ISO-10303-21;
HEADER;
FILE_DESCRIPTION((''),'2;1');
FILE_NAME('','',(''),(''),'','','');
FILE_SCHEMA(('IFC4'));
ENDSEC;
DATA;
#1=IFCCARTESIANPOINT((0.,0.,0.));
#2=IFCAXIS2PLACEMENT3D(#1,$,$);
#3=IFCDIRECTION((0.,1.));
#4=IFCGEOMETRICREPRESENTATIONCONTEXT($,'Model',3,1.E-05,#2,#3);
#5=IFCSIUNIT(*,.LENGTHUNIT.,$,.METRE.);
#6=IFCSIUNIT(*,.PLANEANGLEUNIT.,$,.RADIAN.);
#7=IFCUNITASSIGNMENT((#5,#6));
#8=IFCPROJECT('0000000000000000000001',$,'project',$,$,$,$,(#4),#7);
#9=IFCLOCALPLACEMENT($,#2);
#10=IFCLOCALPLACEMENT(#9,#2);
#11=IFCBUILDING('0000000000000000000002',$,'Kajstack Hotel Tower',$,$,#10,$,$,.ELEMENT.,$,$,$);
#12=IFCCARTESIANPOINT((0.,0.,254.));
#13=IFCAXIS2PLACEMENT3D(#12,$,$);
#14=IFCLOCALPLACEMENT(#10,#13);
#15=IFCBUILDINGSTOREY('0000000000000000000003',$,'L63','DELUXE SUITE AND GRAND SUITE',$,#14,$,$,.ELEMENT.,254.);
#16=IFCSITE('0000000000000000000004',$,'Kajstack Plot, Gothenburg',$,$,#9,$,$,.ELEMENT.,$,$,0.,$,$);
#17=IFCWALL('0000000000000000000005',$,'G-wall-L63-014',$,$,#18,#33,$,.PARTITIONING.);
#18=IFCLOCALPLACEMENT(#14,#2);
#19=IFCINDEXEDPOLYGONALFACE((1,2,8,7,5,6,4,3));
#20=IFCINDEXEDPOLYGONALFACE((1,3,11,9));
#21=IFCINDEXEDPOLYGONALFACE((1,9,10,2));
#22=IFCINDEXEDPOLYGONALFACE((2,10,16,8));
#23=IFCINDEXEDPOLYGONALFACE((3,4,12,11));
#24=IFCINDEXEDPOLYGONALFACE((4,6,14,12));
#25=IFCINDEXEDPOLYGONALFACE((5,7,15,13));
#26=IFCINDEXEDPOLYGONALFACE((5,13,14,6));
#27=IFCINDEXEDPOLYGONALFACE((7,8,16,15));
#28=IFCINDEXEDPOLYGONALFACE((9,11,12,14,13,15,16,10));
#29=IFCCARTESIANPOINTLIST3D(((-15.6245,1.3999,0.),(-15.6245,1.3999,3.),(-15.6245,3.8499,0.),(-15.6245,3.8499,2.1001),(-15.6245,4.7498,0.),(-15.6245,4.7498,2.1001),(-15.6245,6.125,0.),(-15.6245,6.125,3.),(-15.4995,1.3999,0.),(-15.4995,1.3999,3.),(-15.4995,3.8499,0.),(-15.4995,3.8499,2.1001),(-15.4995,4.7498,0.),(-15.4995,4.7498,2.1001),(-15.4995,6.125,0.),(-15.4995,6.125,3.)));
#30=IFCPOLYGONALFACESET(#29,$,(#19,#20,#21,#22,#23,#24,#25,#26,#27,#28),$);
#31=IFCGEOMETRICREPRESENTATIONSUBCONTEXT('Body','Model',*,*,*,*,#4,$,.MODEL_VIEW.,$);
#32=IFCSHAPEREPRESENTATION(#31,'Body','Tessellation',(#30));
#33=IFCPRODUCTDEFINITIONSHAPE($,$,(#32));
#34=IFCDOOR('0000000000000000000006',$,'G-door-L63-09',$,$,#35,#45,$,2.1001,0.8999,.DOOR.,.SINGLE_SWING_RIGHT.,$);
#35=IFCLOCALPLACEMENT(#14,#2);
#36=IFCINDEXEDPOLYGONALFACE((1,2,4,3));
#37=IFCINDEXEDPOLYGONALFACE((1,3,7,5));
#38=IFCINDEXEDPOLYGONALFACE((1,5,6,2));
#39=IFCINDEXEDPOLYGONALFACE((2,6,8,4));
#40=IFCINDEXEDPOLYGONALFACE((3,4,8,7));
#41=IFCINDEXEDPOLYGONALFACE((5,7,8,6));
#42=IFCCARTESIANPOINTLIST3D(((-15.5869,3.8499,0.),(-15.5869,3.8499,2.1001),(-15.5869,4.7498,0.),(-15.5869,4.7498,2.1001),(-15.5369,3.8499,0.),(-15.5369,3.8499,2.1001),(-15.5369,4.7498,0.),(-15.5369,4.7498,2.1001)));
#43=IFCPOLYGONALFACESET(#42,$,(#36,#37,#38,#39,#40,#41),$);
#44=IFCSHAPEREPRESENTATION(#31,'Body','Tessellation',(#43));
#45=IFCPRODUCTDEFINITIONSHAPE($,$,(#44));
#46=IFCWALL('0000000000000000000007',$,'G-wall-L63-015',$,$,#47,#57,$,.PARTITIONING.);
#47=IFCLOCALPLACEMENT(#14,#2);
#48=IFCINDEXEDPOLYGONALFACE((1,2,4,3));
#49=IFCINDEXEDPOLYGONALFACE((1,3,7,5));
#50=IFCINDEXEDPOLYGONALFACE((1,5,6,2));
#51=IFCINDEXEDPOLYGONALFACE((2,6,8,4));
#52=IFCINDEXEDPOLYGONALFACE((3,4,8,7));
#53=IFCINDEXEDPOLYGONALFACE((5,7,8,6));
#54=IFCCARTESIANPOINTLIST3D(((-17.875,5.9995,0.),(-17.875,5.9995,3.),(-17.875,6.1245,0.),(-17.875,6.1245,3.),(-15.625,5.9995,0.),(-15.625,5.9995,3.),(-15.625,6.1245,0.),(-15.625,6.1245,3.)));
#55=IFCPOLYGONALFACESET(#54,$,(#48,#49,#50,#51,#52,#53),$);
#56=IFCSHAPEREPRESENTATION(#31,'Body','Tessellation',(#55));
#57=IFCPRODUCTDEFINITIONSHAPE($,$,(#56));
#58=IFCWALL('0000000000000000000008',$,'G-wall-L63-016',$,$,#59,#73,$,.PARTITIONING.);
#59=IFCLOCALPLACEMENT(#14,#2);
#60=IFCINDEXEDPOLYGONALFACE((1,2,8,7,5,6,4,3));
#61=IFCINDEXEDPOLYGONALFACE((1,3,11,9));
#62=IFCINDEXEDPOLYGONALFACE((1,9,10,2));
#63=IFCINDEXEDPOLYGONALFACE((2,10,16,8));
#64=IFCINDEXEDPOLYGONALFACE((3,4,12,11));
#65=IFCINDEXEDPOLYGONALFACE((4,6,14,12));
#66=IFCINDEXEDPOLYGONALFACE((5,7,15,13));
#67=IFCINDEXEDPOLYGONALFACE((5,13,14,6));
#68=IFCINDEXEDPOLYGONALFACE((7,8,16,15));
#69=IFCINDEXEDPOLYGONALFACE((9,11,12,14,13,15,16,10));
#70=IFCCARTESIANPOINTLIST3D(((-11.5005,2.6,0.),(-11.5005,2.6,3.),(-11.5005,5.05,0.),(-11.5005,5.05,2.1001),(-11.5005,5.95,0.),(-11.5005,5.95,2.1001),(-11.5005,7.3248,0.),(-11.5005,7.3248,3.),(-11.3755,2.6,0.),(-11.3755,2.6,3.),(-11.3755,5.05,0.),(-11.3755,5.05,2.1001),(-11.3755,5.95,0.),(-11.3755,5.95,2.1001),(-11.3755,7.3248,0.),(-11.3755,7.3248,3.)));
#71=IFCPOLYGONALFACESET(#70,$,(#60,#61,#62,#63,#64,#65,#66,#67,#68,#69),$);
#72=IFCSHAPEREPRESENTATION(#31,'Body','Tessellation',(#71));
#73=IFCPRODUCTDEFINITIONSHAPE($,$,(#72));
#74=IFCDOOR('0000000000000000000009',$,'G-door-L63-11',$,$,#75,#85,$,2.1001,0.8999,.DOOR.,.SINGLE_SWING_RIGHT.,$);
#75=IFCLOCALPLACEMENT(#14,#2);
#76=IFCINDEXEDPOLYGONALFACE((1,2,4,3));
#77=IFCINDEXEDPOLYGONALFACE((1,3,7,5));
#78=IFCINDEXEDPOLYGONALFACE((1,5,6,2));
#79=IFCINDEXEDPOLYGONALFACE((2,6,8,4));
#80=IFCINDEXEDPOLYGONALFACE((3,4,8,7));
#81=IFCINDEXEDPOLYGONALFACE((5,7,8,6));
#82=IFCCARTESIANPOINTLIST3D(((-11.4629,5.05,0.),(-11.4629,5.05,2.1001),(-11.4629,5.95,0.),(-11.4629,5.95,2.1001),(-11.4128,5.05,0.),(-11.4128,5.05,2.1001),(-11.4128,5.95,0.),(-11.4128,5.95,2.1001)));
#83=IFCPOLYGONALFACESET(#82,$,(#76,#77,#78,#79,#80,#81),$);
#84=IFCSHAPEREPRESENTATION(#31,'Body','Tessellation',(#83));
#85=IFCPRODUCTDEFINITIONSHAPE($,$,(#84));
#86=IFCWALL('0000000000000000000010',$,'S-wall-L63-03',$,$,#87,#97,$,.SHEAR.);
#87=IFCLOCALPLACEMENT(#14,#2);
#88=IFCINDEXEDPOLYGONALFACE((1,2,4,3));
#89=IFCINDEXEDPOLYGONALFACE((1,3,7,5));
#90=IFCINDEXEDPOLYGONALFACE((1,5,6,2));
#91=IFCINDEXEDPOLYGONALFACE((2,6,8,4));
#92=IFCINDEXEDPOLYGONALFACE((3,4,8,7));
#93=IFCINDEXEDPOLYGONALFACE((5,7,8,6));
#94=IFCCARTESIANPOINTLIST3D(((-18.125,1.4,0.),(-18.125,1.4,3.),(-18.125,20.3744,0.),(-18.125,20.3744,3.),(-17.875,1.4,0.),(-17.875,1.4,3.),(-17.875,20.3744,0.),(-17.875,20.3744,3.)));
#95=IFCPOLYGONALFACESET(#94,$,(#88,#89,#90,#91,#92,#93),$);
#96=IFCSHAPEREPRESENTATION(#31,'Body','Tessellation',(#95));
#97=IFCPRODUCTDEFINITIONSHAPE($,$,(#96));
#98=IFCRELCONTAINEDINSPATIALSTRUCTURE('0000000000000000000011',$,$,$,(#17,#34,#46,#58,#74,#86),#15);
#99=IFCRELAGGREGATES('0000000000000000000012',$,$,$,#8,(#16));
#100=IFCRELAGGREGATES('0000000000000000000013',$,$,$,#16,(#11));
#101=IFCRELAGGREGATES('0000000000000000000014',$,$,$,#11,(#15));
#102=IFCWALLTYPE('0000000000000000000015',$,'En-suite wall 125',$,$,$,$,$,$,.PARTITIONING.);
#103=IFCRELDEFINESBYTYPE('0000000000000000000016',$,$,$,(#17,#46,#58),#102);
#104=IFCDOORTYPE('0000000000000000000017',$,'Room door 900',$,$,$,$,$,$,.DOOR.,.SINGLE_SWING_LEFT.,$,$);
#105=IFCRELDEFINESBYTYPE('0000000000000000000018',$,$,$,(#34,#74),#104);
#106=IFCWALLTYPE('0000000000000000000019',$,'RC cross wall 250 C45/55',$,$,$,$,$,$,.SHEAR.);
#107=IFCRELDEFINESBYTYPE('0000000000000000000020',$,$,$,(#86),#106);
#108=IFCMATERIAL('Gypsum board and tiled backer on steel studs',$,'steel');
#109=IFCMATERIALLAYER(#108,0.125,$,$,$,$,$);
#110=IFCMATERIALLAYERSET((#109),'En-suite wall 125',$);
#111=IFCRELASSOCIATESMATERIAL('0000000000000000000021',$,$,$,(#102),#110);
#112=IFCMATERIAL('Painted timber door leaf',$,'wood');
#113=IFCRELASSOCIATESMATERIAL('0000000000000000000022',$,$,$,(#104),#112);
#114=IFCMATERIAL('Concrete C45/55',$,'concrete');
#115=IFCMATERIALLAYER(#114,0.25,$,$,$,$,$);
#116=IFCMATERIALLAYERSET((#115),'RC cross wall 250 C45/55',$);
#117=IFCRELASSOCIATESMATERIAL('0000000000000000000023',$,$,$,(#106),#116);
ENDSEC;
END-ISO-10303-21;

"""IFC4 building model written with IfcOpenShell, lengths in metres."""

from ifc_helpers import new_model, si_unit, direction, frame, frame_2d, origin, place, context, subcontext, project, spatial, rectangle, extrude, material, layer, layer_set, type_object, element, fill, save


model = new_model("IFC4")

# Units and contexts
model_context = context("Model", 3, precision=1e-05, world=origin(), true_north=direction((0.0, 1.0)))
body_context = subcontext(model_context, "Body", "Model", "MODEL_VIEW")
ifc_project = project(units=[si_unit("LENGTHUNIT", "METRE"), si_unit("PLANEANGLEUNIT", "RADIAN")], contexts=[model_context])

# Site, building, storey
site_placement = place(None, origin())
site = spatial("IfcSite", under=ifc_project, at=site_placement, Name="Kajstack Plot, Gothenburg", CompositionType="ELEMENT", RefElevation=0.0)
building_placement = place(site_placement, origin())
building = spatial("IfcBuilding", under=site, at=building_placement, Name="Kajstack Hotel Tower", CompositionType="ELEMENT")
storey_placement = place(building_placement, frame((0.0, 0.0, 254.0)))
storey = spatial("IfcBuildingStorey", under=building, at=storey_placement, Name="L63", Description="DELUXE SUITE AND GRAND SUITE", CompositionType="ELEMENT", Elevation=254.0)

# Shared definitions
ifc_material_1 = material(Name="Gypsum board and tiled backer on steel studs", Category="steel")
ifc_layer_1 = layer(ifc_material_1, 0.125)
ifc_layer_set_1 = layer_set([ifc_layer_1], Name="En-suite wall 125")
wall_type_1 = type_object("IfcWallType", Name="En-suite wall 125", PredefinedType="PARTITIONING", material=ifc_layer_set_1)
ifc_material_2 = material(Name="Painted timber door leaf", Category="wood")
door_type_1 = type_object("IfcDoorType", Name="Room door 900", OperationType="SINGLE_SWING_LEFT", PredefinedType="DOOR", material=ifc_material_2)

# Wall, opening, door
wall_1_placement = place(storey_placement, frame((-15.562, 1.3999, 0.0), z_axis=(0.0, 0.0, 1.0), x_axis=(0.0, 1.0, 0.0)))
wall_1 = element("IfcWall", 1, at=wall_1_placement, inside=storey, type_object=wall_type_1, Name="G-wall-L63-014", PredefinedType="PARTITIONING", context=body_context, shape_type="SweptSolid", body=[
    extrude(rectangle(XDim=4.7251, YDim=0.125, at=frame_2d((2.3625, 0.0))), origin(), (0.0, 0.0, 1.0), 3.0),
])
opening_1_placement = place(wall_1_placement, frame((2.45, 0.0, 0.0)))
opening_1 = element("IfcOpeningElement", 2, at=opening_1_placement, cuts=wall_1, PredefinedType="OPENING", context=body_context, shape_type="SweptSolid", body=[
    extrude(rectangle(XDim=0.8999, YDim=2.1001, at=frame_2d((0.45, 1.05))), frame((0.0, 0.0725, 0.0), z_axis=(0.0, -1.0, 0.0), x_axis=(1.0, 0.0, 0.0)), (0.0, 0.0, 1.0), 0.145),
])
door_1_placement = place(opening_1_placement, origin())
door_1 = element("IfcDoor", 3, at=door_1_placement, inside=storey, type_object=door_type_1, Name="G-door-L63-09", OperationType="SINGLE_SWING_RIGHT", OverallHeight=2.1001, OverallWidth=0.8999, PredefinedType="DOOR", context=body_context, shape_type="SweptSolid", body=[
    extrude(rectangle(XDim=0.8999, YDim=2.1001, at=frame_2d((0.45, 1.05))), frame((0.0, 0.0249, 0.0), z_axis=(0.0, -1.0, 0.0), x_axis=(1.0, 0.0, 0.0)), (0.0, 0.0, 1.0), 0.05),
])
fill(opening_1, door_1)

# Wall
wall_2_placement = place(storey_placement, frame((-17.875, 6.062, 0.0), z_axis=(0.0, 0.0, 1.0), x_axis=(1.0, 0.0, 0.0)))
element("IfcWall", 4, at=wall_2_placement, inside=storey, type_object=wall_type_1, Name="G-wall-L63-015", PredefinedType="PARTITIONING", context=body_context, shape_type="SweptSolid", body=[
    extrude(rectangle(XDim=2.25, YDim=0.125, at=frame_2d((1.125, 0.0))), origin(), (0.0, 0.0, 1.0), 3.0),
])

# Wall, opening, door
wall_3_placement = place(storey_placement, frame((-11.438, 2.6001, 0.0), z_axis=(0.0, 0.0, 1.0), x_axis=(0.0, 1.0, 0.0)))
wall_3 = element("IfcWall", 5, at=wall_3_placement, inside=storey, type_object=wall_type_1, Name="G-wall-L63-016", PredefinedType="PARTITIONING", context=body_context, shape_type="SweptSolid", body=[
    extrude(rectangle(XDim=4.7249, YDim=0.125, at=frame_2d((2.3623, 0.0))), origin(), (0.0, 0.0, 1.0), 3.0),
])
opening_2_placement = place(wall_3_placement, frame((2.45, 0.0, 0.0)))
opening_2 = element("IfcOpeningElement", 6, at=opening_2_placement, cuts=wall_3, PredefinedType="OPENING", context=body_context, shape_type="SweptSolid", body=[
    extrude(rectangle(XDim=0.8999, YDim=2.1001, at=frame_2d((0.45, 1.05))), frame((0.0, 0.0725, 0.0), z_axis=(0.0, -1.0, 0.0), x_axis=(1.0, 0.0, 0.0)), (0.0, 0.0, 1.0), 0.145),
])
door_2_placement = place(opening_2_placement, origin())
door_2 = element("IfcDoor", 7, at=door_2_placement, inside=storey, type_object=door_type_1, Name="G-door-L63-11", OperationType="SINGLE_SWING_RIGHT", OverallHeight=2.1001, OverallWidth=0.8999, PredefinedType="DOOR", context=body_context, shape_type="SweptSolid", body=[
    extrude(rectangle(XDim=0.8999, YDim=2.1001, at=frame_2d((0.45, 1.05))), frame((0.0, 0.0249, 0.0), z_axis=(0.0, -1.0, 0.0), x_axis=(1.0, 0.0, 0.0)), (0.0, 0.0, 1.0), 0.05),
])
fill(opening_2, door_2)

# Wall
ifc_material_3 = material(Name="Concrete C45/55", Category="concrete")
ifc_layer_2 = layer(ifc_material_3, 0.25)
ifc_layer_set_2 = layer_set([ifc_layer_2], Name="RC cross wall 250 C45/55")
wall_type_2 = type_object("IfcWallType", Name="RC cross wall 250 C45/55", PredefinedType="SHEAR", material=ifc_layer_set_2)
wall_4_placement = place(storey_placement, frame((-18.0, 1.3999, 0.0), z_axis=(0.0, 0.0, 1.0), x_axis=(0.0, 1.0, 0.0)))
element("IfcWall", 8, at=wall_4_placement, inside=storey, type_object=wall_type_2, Name="S-wall-L63-03", PredefinedType="SHEAR", context=body_context, shape_type="SweptSolid", body=[
    extrude(rectangle(XDim=18.9744, YDim=0.25, at=frame_2d((9.4873, 0.0))), origin(), (0.0, 0.0, 1.0), 3.0),
])

save(model, "model.ifc")
